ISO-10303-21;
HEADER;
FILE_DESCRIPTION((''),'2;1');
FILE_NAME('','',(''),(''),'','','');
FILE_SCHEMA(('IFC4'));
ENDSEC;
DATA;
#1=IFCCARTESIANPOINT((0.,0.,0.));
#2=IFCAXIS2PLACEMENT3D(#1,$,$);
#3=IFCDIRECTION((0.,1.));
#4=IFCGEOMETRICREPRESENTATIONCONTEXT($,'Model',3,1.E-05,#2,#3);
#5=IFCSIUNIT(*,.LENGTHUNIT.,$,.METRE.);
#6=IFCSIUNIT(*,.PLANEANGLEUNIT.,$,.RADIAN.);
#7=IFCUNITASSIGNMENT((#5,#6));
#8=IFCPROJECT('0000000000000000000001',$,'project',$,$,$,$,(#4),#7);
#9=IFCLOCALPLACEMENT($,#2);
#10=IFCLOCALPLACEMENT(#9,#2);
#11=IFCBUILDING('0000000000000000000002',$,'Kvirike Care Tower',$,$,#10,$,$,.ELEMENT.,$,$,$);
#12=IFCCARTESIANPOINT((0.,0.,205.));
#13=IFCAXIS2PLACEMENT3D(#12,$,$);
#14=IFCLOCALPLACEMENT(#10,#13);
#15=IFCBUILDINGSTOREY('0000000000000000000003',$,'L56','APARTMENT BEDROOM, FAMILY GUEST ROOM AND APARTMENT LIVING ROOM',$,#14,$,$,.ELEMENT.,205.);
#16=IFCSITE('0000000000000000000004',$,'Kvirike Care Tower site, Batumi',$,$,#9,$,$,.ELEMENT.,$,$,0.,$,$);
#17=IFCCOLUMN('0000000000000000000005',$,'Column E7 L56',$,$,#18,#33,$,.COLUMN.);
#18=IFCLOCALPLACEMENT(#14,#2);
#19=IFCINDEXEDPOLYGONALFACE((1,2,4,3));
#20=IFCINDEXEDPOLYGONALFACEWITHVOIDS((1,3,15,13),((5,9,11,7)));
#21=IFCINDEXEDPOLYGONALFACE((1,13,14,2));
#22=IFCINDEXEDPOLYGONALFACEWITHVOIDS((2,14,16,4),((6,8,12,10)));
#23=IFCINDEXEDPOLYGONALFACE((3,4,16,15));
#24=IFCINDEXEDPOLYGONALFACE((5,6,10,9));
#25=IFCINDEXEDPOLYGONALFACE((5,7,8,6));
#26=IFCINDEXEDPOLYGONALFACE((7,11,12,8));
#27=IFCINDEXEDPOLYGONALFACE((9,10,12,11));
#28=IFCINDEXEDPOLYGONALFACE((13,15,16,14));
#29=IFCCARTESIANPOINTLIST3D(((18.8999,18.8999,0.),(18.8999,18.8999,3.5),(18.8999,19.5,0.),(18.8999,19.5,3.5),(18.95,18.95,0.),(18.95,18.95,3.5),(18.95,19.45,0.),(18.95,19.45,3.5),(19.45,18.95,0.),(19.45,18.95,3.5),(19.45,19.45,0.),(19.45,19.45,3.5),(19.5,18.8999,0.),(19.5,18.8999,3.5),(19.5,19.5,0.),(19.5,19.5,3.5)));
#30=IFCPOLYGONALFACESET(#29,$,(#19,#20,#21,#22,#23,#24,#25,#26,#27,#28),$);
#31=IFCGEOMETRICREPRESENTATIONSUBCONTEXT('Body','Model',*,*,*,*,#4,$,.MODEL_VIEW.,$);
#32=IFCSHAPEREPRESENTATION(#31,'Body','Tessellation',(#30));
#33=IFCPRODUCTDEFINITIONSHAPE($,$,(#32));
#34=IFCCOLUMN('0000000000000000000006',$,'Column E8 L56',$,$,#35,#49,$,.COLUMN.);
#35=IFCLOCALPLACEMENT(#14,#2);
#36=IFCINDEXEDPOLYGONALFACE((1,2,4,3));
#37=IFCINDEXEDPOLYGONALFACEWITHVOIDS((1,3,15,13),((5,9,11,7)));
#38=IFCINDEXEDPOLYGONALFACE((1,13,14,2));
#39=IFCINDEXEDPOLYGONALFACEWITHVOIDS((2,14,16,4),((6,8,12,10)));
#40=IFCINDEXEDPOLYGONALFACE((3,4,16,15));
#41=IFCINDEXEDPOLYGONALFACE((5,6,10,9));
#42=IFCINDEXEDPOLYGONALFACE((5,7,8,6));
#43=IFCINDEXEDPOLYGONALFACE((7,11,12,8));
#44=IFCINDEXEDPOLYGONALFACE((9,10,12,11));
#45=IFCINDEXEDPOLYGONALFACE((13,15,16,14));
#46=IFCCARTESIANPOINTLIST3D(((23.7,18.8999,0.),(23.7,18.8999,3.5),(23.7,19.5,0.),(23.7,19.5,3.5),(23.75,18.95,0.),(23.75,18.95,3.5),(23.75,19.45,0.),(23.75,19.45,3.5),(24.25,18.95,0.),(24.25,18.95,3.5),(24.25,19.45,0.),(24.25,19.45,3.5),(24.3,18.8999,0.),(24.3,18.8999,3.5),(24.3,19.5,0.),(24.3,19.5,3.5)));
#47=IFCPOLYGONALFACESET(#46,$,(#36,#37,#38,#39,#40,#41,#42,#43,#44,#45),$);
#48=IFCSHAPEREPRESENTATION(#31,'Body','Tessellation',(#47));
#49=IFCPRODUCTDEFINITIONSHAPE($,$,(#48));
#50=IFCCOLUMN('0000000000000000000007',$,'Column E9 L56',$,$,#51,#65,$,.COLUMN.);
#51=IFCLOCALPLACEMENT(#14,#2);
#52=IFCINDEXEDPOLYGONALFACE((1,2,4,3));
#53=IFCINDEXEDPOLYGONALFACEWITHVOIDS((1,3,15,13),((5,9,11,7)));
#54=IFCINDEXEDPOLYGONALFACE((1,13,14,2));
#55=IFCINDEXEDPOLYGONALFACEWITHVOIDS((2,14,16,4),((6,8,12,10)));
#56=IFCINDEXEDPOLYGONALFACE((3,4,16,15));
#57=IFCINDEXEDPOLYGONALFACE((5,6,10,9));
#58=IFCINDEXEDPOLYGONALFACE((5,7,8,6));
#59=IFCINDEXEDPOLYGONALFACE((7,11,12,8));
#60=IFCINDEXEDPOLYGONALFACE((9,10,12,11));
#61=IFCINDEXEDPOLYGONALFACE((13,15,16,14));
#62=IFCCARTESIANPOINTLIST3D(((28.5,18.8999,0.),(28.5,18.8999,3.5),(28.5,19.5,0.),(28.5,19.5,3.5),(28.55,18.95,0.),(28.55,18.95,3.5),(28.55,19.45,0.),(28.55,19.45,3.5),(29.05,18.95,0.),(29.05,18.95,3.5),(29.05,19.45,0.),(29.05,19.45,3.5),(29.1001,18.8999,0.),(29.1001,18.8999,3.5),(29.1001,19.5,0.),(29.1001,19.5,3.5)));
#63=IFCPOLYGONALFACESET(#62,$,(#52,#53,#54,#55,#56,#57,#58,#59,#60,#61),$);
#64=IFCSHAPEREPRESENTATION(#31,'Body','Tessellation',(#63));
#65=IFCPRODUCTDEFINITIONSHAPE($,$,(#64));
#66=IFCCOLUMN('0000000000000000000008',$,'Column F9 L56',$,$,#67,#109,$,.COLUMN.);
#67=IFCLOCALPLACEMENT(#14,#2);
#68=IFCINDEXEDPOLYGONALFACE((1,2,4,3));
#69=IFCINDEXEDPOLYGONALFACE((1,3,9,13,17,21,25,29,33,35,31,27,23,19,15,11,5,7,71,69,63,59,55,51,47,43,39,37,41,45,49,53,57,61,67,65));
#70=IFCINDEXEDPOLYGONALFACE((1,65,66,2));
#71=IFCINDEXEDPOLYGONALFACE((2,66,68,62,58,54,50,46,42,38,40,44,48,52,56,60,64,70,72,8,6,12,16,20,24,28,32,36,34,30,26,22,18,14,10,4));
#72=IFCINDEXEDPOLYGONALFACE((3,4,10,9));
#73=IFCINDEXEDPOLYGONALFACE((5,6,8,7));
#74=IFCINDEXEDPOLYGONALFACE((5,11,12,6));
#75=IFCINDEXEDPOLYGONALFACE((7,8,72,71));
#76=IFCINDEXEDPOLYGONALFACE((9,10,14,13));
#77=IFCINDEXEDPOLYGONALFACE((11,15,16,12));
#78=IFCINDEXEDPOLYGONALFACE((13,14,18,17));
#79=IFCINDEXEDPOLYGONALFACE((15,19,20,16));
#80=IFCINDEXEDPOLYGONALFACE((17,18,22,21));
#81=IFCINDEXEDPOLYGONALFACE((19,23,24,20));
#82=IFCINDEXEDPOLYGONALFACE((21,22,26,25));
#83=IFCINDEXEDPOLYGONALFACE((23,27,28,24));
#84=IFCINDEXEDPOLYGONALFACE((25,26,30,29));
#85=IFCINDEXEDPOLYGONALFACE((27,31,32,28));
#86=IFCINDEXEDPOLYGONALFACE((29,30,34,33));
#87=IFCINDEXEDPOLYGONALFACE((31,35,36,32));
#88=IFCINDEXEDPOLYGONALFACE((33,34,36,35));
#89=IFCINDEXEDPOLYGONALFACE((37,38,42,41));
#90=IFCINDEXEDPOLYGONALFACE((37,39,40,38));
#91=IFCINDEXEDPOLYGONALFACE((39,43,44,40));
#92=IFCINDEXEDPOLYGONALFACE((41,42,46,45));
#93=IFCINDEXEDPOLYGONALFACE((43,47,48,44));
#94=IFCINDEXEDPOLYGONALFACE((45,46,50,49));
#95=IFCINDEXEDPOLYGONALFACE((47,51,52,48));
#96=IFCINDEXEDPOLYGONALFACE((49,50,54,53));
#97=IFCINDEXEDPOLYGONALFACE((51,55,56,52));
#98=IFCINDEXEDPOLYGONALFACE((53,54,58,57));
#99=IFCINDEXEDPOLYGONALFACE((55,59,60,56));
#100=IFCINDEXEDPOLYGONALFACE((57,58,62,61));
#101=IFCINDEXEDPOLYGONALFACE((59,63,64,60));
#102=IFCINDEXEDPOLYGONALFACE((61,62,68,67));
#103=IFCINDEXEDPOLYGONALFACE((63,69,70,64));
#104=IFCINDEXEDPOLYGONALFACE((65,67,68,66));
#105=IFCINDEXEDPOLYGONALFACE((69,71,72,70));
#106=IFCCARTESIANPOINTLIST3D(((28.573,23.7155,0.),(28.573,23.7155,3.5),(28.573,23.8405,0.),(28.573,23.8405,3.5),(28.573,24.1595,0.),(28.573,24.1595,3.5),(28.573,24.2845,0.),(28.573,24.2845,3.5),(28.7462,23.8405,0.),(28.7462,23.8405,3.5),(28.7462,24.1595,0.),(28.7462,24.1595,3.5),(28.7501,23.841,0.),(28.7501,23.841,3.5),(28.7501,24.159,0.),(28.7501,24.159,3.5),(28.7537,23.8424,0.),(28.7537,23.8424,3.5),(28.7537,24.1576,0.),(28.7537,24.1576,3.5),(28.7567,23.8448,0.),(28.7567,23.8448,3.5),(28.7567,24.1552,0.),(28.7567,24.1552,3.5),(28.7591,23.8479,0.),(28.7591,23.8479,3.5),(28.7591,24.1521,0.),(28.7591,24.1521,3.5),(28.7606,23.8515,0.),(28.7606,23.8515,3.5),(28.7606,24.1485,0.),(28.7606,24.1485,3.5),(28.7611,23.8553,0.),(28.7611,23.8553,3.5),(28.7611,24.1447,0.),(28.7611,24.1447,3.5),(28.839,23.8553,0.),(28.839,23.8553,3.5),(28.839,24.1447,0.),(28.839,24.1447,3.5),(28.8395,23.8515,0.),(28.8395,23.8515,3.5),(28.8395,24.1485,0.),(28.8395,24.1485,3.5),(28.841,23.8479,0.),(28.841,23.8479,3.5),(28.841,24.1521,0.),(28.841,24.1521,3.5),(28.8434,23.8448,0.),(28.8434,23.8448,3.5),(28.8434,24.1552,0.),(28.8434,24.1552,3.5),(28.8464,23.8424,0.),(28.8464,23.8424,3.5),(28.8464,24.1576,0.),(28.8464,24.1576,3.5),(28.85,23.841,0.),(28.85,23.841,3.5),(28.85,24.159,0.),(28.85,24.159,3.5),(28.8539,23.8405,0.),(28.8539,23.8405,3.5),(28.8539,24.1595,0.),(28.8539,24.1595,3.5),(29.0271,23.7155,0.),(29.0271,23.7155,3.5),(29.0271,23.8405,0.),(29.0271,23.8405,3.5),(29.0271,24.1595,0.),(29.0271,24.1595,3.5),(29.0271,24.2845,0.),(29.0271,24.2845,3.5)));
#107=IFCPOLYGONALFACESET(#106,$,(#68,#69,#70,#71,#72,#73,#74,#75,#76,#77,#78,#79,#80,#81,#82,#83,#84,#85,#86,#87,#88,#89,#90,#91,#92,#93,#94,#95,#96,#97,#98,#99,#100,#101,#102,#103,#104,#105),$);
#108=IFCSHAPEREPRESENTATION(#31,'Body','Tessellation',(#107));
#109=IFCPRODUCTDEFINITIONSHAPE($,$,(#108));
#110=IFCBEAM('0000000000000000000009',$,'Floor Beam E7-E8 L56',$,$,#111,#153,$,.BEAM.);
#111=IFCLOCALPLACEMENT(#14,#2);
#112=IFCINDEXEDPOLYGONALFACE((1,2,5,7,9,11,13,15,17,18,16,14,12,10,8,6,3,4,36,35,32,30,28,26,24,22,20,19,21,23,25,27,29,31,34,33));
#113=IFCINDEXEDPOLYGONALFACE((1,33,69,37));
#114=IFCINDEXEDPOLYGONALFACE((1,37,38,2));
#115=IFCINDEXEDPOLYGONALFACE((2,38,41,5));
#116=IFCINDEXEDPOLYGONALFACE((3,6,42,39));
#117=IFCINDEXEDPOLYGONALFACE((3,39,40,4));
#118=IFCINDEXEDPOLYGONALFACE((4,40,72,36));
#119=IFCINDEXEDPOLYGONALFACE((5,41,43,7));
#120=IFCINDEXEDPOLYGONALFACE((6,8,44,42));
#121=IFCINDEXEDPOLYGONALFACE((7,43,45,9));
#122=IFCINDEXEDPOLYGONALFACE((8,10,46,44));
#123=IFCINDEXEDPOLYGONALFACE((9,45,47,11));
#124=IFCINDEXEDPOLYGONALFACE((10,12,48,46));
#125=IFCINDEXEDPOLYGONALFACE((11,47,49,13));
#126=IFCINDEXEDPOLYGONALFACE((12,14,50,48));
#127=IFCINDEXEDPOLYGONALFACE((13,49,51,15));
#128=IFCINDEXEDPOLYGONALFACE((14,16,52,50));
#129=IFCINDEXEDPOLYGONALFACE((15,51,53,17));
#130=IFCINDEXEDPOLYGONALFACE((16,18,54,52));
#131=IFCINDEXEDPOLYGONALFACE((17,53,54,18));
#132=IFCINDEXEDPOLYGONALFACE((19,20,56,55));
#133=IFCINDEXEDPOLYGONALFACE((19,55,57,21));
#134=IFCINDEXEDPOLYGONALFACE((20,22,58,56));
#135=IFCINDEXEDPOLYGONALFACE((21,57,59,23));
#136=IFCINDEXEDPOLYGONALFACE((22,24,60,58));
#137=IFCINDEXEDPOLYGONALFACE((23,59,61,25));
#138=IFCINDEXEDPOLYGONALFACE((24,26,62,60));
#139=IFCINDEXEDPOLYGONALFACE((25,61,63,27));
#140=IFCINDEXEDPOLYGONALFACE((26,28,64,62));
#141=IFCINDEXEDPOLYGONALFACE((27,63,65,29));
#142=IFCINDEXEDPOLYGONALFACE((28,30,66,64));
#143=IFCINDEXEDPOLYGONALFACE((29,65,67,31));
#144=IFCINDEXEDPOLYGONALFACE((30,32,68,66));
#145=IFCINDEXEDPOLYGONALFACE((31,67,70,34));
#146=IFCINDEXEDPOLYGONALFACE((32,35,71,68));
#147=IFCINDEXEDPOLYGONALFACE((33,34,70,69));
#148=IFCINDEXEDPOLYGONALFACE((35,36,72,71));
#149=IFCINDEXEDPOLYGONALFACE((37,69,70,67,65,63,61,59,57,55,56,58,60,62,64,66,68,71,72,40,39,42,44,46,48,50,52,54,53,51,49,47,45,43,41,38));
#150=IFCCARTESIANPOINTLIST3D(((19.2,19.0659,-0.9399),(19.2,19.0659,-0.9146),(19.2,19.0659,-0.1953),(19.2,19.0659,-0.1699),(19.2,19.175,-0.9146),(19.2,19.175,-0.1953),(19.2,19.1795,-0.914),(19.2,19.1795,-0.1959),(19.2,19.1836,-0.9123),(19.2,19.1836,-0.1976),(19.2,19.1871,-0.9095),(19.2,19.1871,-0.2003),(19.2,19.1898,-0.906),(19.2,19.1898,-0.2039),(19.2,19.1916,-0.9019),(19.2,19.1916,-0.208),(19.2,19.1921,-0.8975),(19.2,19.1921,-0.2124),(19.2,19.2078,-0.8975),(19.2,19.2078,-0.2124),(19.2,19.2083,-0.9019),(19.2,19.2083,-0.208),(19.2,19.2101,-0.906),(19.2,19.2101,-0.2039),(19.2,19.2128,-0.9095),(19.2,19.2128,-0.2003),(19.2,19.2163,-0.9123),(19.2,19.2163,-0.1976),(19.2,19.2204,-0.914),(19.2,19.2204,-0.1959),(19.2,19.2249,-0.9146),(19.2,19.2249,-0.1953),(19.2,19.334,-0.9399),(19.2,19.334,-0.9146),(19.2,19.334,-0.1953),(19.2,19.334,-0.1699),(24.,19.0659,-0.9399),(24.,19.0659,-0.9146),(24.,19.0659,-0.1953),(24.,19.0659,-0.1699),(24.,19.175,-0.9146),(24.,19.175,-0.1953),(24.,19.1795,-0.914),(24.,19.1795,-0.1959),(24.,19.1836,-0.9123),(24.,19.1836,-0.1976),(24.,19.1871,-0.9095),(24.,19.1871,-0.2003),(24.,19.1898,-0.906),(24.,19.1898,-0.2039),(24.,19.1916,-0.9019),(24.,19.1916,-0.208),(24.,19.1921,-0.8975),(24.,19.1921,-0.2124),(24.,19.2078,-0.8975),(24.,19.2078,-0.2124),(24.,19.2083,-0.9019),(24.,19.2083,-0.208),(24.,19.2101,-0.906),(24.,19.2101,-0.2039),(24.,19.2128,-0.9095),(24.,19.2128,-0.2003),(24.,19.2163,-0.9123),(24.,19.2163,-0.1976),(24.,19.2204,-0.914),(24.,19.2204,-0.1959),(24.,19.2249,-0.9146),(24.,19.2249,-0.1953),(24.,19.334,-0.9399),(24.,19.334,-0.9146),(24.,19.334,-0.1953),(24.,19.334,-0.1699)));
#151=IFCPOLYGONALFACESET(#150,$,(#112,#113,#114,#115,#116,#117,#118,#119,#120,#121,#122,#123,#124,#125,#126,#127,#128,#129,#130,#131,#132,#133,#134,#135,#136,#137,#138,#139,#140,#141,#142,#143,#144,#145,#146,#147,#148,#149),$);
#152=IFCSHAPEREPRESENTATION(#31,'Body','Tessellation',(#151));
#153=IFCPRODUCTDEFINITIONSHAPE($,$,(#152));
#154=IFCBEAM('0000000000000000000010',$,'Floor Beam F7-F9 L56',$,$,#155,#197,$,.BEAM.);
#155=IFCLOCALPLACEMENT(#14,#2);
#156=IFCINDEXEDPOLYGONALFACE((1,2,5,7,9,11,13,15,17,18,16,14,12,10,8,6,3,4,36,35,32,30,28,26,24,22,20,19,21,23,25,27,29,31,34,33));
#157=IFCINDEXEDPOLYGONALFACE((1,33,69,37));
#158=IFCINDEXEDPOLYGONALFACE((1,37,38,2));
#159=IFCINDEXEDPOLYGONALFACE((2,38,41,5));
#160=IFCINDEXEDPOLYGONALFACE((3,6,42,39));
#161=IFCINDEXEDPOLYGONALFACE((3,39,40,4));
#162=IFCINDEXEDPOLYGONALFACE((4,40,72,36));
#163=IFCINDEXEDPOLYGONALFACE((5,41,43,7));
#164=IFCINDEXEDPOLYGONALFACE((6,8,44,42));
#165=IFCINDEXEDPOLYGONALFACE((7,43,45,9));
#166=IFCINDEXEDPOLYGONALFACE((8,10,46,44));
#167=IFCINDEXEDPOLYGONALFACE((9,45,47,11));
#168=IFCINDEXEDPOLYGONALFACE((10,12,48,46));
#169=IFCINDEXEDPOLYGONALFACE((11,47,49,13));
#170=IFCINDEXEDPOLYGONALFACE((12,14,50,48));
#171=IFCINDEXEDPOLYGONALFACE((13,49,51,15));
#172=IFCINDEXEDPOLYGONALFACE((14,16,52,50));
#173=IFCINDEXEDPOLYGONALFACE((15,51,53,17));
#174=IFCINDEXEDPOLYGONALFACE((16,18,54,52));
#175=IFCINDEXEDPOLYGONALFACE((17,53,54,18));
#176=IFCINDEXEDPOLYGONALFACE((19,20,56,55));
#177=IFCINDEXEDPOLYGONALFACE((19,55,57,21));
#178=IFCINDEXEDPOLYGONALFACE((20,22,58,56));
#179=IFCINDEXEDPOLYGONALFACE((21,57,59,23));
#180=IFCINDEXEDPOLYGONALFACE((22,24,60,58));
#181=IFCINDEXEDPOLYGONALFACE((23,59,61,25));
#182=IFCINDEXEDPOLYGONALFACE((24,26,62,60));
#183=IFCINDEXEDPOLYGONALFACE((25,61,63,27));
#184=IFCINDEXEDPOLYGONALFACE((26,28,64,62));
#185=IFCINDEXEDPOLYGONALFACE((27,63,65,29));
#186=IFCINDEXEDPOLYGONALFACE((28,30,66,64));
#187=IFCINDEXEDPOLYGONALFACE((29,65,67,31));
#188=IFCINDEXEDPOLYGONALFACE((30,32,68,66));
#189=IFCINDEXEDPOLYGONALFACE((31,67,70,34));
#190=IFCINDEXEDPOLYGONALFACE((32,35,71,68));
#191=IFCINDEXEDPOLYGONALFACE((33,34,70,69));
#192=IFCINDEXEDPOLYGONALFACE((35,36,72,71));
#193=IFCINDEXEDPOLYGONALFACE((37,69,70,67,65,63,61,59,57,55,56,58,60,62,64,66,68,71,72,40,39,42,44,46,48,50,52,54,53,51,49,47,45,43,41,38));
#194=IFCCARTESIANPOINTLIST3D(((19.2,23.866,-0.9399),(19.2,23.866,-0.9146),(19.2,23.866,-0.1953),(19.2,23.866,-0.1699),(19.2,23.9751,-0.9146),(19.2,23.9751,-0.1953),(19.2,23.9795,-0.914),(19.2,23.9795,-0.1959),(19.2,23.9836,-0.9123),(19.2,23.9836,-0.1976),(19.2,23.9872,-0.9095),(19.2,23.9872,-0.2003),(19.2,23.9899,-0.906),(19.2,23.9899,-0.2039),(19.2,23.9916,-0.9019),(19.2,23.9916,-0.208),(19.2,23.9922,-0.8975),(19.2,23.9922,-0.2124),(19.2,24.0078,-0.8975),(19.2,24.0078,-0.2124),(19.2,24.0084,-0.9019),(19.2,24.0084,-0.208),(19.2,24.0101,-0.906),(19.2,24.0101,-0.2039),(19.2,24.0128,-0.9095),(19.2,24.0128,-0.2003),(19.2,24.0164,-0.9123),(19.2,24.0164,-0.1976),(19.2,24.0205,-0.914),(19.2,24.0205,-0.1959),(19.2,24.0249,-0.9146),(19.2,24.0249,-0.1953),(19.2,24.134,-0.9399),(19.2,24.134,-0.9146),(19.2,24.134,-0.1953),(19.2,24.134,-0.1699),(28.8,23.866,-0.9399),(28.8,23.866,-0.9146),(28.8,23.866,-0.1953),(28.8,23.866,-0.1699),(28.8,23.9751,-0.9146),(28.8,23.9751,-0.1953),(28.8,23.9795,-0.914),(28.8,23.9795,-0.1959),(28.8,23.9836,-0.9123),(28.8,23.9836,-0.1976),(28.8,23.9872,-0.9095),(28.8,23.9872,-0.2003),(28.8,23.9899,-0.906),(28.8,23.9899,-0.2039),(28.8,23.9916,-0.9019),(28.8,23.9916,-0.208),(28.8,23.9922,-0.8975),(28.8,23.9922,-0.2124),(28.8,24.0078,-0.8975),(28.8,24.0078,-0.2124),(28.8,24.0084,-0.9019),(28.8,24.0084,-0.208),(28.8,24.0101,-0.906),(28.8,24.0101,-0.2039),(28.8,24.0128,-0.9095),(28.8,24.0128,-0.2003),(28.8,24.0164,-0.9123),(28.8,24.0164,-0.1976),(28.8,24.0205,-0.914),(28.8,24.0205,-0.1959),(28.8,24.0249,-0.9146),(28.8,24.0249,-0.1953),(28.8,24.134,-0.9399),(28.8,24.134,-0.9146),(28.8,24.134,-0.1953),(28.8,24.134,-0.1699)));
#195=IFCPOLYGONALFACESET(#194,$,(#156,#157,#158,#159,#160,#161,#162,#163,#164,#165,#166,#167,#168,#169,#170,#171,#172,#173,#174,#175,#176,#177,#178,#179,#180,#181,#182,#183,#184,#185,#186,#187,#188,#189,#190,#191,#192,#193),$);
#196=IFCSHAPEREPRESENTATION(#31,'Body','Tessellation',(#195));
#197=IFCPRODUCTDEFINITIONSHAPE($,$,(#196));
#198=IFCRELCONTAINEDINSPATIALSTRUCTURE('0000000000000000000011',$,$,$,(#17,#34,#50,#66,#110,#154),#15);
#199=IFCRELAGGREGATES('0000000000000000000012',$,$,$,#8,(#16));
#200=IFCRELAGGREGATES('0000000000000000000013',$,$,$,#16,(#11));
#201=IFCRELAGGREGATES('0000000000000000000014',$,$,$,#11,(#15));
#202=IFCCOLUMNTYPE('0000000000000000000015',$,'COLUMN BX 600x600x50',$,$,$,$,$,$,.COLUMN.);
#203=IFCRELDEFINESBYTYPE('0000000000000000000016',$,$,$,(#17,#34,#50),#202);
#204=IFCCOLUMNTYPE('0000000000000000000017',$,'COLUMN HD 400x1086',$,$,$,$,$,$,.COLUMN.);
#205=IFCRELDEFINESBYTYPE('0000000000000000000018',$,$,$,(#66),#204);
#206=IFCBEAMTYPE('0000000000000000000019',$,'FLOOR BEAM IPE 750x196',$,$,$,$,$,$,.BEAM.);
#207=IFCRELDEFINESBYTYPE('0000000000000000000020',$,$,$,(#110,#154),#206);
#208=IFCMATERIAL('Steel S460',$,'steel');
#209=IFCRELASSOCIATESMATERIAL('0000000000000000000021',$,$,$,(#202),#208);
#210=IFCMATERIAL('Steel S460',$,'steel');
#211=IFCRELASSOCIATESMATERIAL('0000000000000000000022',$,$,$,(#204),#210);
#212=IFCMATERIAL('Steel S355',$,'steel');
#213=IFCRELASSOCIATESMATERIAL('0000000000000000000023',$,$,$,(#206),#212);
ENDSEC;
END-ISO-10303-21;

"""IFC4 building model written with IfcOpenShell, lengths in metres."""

from ifc_helpers import new_model, si_unit, direction, frame, origin, origin_2d, place, context, subcontext, project, spatial, hollow_rectangle, i_section, extrude, material, material_profile, profile_set, type_object, element, save


model = new_model("IFC4")

# Units and contexts
model_context = context("Model", 3, precision=1e-05, world=origin(), true_north=direction((0.0, 1.0)))
body_context = subcontext(model_context, "Body", "Model", "MODEL_VIEW")
ifc_project = project(units=[si_unit("LENGTHUNIT", "METRE"), si_unit("PLANEANGLEUNIT", "RADIAN")], contexts=[model_context])

# Site, building, storey
site_placement = place(None, origin())
site = spatial("IfcSite", under=ifc_project, at=site_placement, Name="Kvirike Care Tower site, Batumi", CompositionType="ELEMENT", RefElevation=0.0)
building_placement = place(site_placement, origin())
building = spatial("IfcBuilding", under=site, at=building_placement, Name="Kvirike Care Tower", CompositionType="ELEMENT")
storey_placement = place(building_placement, frame((0.0, 0.0, 205.0)))
storey = spatial("IfcBuildingStorey", under=building, at=storey_placement, Name="L56", Description="APARTMENT BEDROOM, FAMILY GUEST ROOM AND APARTMENT LIVING ROOM", CompositionType="ELEMENT", Elevation=205.0)

# Columns
ifc_material_1 = material(Name="Steel S460", Category="steel")
ifc_material_profile_1 = material_profile(ifc_material_1, hollow_rectangle(XDim=0.6001, YDim=0.6001, WallThickness=0.05, at=origin_2d()), Name="BX 600x600x50")
ifc_profile_set_1 = profile_set([ifc_material_profile_1], Name="Steel S460")
column_type_1 = type_object("IfcColumnType", Name="COLUMN BX 600x600x50", PredefinedType="COLUMN", material=ifc_profile_set_1)
for number, where, z_axis, x_axis, name in (
    (1, (19.2, 19.2, 0.0), (0.0, 0.0, 1.0), (0.0, 1.0, 0.0), "Column E7 L56"),
    (2, (24.0, 19.2, 0.0), (0.0, 0.0, 1.0), (0.0, 1.0, 0.0), "Column E8 L56"),
    (3, (28.8, 19.2, 0.0), (0.0, 0.0, 1.0), (0.0, 1.0, 0.0), "Column E9 L56"),
):
    element("IfcColumn", number, at=place(storey_placement, frame(where, z_axis=z_axis, x_axis=x_axis)), inside=storey, type_object=column_type_1, Name=name, PredefinedType="COLUMN", context=body_context, shape_type="SweptSolid", body=[
        extrude(hollow_rectangle(XDim=0.6001, YDim=0.6001, WallThickness=0.05, at=origin_2d()), origin(), (0.0, 0.0, 1.0), 3.5),
    ])
ifc_material_2 = material(Name="Steel S460", Category="steel")
ifc_material_profile_2 = material_profile(ifc_material_2, i_section(OverallWidth=0.4541, OverallDepth=0.5691, WebThickness=0.0779, FlangeThickness=0.125, FilletRadius=0.0149, at=origin_2d()), Name="HD 400x1086")
ifc_profile_set_2 = profile_set([ifc_material_profile_2], Name="Steel S460")
column_type_2 = type_object("IfcColumnType", Name="COLUMN HD 400x1086", PredefinedType="COLUMN", material=ifc_profile_set_2)
column_placement = place(storey_placement, frame((28.8, 24.0, 0.0), z_axis=(0.0, 0.0, 1.0), x_axis=(1.0, 0.0, 0.0)))
element("IfcColumn", 4, at=column_placement, inside=storey, type_object=column_type_2, Name="Column F9 L56", PredefinedType="COLUMN", context=body_context, shape_type="SweptSolid", body=[
    extrude(i_section(OverallWidth=0.4541, OverallDepth=0.5691, WebThickness=0.0779, FlangeThickness=0.125, FilletRadius=0.0149, at=origin_2d()), origin(), (0.0, 0.0, 1.0), 3.5),
])

# Beams
ifc_material_3 = material(Name="Steel S355", Category="steel")
ifc_material_profile_3 = material_profile(ifc_material_3, i_section(OverallWidth=0.2681, OverallDepth=0.77, WebThickness=0.0156, FlangeThickness=0.0254, FilletRadius=0.0171, at=origin_2d()), Name="IPE 750x196")
ifc_profile_set_3 = profile_set([ifc_material_profile_3], Name="Steel S355")
beam_type_1 = type_object("IfcBeamType", Name="FLOOR BEAM IPE 750x196", PredefinedType="BEAM", material=ifc_profile_set_3)
beam_placement = place(storey_placement, frame((19.2, 19.2, -0.5549), z_axis=(1.0, 0.0, 0.0), x_axis=(0.0, 1.0, 0.0)))
element("IfcBeam", 5, at=beam_placement, inside=storey, type_object=beam_type_1, Name="Floor Beam E7-E8 L56", PredefinedType="BEAM", context=body_context, shape_type="SweptSolid", body=[
    extrude(i_section(OverallWidth=0.2681, OverallDepth=0.77, WebThickness=0.0156, FlangeThickness=0.0254, FilletRadius=0.0171, at=origin_2d()), origin(), (0.0, 0.0, 1.0), 4.8),
])
for number, where, z_axis, x_axis, name in (
    (6, (19.2, 24.0, -0.5549), (1.0, 0.0, 0.0), (0.0, 1.0, 0.0), "Floor Beam F7-F9 L56"),
):
    element("IfcBeam", number, at=place(storey_placement, frame(where, z_axis=z_axis, x_axis=x_axis)), inside=storey, type_object=beam_type_1, Name=name, PredefinedType="BEAM", context=body_context, shape_type="SweptSolid", body=[
        extrude(i_section(OverallWidth=0.2681, OverallDepth=0.77, WebThickness=0.0156, FlangeThickness=0.0254, FilletRadius=0.0171, at=origin_2d()), origin(), (0.0, 0.0, 1.0), 9.6001),
    ])

save(model, "model.ifc")
